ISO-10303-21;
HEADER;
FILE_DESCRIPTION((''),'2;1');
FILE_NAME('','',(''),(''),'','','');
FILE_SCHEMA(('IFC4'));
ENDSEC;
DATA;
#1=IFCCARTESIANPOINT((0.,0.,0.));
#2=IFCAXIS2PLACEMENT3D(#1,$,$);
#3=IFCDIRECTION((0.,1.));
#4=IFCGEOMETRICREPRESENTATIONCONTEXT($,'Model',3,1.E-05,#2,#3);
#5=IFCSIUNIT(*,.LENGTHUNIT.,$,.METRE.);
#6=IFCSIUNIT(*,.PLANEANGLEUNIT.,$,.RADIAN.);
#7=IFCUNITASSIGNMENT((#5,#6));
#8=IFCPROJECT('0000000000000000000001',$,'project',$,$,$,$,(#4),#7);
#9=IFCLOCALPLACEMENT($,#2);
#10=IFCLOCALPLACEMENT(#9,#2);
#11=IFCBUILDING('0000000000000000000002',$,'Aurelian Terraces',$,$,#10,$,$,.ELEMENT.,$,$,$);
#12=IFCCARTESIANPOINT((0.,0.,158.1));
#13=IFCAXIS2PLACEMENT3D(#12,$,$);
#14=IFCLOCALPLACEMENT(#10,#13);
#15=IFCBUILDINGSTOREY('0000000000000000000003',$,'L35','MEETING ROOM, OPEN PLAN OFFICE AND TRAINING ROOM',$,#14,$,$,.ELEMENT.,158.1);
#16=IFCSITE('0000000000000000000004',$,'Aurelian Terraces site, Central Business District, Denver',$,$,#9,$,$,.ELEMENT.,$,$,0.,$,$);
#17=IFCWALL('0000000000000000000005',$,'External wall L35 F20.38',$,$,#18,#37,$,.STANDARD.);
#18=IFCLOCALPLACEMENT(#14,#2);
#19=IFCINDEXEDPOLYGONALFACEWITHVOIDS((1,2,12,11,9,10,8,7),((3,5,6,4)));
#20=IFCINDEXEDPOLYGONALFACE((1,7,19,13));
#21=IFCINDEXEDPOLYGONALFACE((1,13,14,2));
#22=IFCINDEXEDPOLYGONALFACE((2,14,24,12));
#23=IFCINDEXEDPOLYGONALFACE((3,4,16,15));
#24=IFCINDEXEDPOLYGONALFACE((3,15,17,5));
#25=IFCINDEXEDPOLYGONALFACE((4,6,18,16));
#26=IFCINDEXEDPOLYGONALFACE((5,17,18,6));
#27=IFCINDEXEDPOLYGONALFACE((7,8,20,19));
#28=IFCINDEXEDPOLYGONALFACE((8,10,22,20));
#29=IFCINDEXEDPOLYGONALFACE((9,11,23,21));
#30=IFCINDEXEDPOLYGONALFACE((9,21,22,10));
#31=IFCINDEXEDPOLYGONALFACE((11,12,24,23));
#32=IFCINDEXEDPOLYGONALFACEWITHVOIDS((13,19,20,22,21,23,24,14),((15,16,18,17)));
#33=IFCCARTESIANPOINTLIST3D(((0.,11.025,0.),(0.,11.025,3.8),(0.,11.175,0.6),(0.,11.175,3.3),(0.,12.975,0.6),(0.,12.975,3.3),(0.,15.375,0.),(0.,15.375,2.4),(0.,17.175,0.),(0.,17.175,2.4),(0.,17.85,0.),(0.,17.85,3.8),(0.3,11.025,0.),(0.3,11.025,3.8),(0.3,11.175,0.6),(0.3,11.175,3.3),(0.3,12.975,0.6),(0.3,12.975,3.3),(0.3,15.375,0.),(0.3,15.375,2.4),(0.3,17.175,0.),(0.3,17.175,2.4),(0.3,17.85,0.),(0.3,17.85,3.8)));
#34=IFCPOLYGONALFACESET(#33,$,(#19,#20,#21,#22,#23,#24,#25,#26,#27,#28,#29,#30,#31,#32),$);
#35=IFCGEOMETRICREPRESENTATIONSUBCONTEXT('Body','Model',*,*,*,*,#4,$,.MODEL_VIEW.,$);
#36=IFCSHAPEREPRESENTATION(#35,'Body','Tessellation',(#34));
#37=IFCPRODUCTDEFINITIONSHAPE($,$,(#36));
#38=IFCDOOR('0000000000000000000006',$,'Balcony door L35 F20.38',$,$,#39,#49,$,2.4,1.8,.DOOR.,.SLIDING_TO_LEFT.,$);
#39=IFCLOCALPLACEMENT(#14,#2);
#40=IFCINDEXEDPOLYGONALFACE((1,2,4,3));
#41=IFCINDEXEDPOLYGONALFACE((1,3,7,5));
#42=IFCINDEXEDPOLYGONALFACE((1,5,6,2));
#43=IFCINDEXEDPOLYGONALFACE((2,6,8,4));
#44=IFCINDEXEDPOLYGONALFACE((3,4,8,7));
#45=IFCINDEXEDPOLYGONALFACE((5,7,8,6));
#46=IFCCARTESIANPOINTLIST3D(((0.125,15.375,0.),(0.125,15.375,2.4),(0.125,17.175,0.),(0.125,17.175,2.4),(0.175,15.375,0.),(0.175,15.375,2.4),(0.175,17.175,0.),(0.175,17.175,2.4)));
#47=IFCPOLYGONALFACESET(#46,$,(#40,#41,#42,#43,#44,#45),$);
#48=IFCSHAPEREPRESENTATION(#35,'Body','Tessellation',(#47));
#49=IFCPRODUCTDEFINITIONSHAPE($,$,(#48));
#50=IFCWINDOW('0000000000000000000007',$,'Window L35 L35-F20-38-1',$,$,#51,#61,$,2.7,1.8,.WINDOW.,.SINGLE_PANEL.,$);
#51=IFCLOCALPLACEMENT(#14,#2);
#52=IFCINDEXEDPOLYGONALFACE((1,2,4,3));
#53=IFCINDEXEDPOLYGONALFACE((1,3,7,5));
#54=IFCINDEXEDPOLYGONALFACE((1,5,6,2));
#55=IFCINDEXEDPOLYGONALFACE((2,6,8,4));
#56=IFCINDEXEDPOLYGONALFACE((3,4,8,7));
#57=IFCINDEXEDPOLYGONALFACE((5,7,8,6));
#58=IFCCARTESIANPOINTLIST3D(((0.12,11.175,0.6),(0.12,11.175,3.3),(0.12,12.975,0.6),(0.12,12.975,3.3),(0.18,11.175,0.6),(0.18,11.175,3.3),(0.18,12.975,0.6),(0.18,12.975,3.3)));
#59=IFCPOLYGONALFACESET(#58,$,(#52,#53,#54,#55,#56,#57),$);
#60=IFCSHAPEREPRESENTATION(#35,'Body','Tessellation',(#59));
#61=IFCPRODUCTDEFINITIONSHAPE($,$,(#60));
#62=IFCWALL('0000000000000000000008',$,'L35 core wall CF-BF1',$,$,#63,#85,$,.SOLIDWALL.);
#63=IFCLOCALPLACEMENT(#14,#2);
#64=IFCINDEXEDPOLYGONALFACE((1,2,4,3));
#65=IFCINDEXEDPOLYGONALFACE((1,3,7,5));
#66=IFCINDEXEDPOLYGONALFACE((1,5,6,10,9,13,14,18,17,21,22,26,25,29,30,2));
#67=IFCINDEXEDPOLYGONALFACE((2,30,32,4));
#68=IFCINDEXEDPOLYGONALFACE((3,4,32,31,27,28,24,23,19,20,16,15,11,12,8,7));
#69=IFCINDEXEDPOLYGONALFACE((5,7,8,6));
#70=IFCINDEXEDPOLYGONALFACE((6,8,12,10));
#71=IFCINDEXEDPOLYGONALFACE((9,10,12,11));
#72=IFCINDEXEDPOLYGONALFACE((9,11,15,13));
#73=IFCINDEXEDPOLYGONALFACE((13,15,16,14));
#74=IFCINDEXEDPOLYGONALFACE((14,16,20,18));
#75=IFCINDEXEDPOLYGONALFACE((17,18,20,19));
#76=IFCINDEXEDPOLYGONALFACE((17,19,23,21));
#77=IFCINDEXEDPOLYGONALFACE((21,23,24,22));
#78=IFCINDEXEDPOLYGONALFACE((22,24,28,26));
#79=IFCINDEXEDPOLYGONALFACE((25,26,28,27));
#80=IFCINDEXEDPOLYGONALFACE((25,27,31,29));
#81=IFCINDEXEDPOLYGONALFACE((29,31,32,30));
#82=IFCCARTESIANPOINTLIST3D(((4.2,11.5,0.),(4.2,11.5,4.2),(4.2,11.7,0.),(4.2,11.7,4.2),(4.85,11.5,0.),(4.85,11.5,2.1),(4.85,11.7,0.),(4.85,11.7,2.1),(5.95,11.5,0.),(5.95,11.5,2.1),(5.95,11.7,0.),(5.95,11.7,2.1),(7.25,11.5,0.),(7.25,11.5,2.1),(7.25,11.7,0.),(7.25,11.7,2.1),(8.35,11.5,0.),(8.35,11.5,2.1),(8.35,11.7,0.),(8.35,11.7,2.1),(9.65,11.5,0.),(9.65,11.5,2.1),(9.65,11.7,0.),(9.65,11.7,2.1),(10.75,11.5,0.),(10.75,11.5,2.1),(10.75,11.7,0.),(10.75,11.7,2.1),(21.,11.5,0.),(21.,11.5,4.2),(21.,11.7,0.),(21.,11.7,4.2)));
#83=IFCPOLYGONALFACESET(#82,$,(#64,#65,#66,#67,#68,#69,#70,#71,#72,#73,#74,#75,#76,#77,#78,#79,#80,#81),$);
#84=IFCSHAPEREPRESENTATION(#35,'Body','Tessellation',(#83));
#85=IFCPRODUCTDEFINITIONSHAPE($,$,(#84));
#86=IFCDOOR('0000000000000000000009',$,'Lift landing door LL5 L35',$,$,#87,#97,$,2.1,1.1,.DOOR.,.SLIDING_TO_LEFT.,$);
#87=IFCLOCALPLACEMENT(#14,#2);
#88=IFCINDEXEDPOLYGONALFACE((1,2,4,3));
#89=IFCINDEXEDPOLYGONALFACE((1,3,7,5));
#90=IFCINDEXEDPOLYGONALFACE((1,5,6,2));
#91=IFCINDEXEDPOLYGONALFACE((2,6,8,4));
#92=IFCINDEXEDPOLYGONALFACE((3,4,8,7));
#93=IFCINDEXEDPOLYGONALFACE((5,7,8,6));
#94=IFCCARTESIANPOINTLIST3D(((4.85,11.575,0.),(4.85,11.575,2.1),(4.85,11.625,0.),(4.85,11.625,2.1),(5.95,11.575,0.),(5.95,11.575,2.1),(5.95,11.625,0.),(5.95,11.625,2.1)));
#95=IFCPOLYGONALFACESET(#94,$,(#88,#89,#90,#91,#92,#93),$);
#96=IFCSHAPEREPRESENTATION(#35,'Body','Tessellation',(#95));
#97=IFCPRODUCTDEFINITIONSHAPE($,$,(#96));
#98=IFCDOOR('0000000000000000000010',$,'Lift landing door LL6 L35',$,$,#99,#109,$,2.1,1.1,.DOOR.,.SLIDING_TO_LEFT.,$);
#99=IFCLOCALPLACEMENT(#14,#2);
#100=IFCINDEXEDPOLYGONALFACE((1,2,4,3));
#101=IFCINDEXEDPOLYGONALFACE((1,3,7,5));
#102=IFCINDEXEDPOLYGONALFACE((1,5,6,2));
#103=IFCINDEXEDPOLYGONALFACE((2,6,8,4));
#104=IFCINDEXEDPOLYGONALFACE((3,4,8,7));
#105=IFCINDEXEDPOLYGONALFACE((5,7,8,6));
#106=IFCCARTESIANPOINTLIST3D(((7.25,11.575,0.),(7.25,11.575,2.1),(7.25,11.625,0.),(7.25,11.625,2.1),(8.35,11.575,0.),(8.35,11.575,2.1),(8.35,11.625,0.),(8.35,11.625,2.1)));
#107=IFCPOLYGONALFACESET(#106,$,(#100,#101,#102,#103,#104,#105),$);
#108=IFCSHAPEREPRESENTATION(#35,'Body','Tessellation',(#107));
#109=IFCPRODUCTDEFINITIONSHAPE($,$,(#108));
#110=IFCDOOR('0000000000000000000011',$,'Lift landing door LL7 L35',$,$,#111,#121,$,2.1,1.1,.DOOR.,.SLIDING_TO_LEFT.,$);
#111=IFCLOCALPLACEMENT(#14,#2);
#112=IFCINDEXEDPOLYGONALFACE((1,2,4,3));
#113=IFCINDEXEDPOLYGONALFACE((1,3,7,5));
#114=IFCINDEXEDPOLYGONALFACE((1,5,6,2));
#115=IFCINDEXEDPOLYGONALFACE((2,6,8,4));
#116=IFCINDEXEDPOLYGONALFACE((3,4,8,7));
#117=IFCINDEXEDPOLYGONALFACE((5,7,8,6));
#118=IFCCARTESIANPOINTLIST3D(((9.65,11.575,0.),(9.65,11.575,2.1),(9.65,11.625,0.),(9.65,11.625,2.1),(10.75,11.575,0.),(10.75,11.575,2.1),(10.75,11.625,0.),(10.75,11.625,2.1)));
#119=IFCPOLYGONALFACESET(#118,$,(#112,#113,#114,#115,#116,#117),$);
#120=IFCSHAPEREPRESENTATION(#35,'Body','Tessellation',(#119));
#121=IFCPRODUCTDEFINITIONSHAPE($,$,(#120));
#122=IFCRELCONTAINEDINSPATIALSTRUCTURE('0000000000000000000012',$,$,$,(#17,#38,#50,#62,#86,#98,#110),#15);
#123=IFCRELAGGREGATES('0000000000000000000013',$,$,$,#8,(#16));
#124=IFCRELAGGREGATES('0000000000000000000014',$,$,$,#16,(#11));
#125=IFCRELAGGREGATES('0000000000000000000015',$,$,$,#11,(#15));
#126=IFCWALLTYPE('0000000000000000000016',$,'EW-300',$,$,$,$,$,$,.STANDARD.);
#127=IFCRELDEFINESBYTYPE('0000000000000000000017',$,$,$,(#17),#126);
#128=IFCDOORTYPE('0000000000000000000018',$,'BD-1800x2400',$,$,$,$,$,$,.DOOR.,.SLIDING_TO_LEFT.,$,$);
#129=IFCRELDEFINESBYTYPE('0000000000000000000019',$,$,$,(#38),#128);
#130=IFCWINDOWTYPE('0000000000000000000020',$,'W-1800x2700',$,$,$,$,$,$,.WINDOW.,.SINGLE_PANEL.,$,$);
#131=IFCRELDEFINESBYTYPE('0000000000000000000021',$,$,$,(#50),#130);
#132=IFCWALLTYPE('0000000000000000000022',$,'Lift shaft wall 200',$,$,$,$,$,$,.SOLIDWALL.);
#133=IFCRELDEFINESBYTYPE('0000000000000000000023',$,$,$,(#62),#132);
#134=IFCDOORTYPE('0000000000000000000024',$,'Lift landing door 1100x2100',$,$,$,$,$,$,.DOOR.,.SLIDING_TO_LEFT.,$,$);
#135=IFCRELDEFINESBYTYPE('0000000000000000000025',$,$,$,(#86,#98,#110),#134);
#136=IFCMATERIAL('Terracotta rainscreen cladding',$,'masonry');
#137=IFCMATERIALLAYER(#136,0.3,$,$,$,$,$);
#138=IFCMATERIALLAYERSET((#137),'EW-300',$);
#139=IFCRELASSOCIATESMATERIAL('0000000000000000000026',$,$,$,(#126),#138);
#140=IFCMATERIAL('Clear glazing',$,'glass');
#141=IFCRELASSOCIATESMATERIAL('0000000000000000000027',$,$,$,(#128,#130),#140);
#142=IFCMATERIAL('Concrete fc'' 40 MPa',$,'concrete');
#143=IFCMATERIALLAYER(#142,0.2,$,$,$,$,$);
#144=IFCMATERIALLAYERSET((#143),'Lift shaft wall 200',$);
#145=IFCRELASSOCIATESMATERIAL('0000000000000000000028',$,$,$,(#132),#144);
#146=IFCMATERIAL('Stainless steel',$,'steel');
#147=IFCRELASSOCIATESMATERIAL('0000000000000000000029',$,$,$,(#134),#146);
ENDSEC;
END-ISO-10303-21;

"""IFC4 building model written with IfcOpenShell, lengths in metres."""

from ifc_helpers import new_model, si_unit, direction, frame, frame_2d, origin, place, context, subcontext, project, spatial, rectangle, extrude, source, transform, mapped, material, layer, layer_set, type_object, element, fill, save


model = new_model("IFC4")

# Units and contexts
model_context = context("Model", 3, precision=1e-05, world=origin(), true_north=direction((0.0, 1.0)))
body_context = subcontext(model_context, "Body", "Model", "MODEL_VIEW")
ifc_project = project(units=[si_unit("LENGTHUNIT", "METRE"), si_unit("PLANEANGLEUNIT", "RADIAN")], contexts=[model_context])

# Site, building, storey
site_placement = place(None, origin())
site = spatial("IfcSite", under=ifc_project, at=site_placement, Name="Aurelian Terraces site, Central Business District, Denver", CompositionType="ELEMENT", RefElevation=0.0)
building_placement = place(site_placement, origin())
building = spatial("IfcBuilding", under=site, at=building_placement, Name="Aurelian Terraces", CompositionType="ELEMENT")
storey_placement = place(building_placement, frame((0.0, 0.0, 158.1)))
storey = spatial("IfcBuildingStorey", under=building, at=storey_placement, Name="L35", Description="MEETING ROOM, OPEN PLAN OFFICE AND TRAINING ROOM", CompositionType="ELEMENT", Elevation=158.1)

# Wall, openings, door, window
ifc_material_1 = material(Name="Terracotta rainscreen cladding", Category="masonry")
ifc_layer_1 = layer(ifc_material_1, 0.3)
ifc_layer_set_1 = layer_set([ifc_layer_1], Name="EW-300")
wall_type_1 = type_object("IfcWallType", Name="EW-300", PredefinedType="STANDARD", material=ifc_layer_set_1)
shared_shape_1 = source(origin(), body_context, "Body", "SweptSolid", [
    extrude(rectangle(XDim=6.825, YDim=0.3, at=frame_2d((3.4125, 0.0))), origin(), (0.0, 0.0, 1.0), 3.8),
])
wall_1_placement = place(storey_placement, frame((0.15, 17.85, 0.0), z_axis=(0.0, 0.0, 1.0), x_axis=(0.0, -1.0, 0.0)))
wall_1 = element("IfcWall", 1, at=wall_1_placement, inside=storey, type_object=wall_type_1, Name="External wall L35 F20.38", PredefinedType="STANDARD", context=body_context, shape_type="MappedRepresentation", body=[
    mapped(shared_shape_1, transform((0.0, 0.0, 0.0), scale=1.0)),
])
shared_shape_2 = source(origin(), body_context, "Body", "SweptSolid", [
    extrude(rectangle(XDim=1.8, YDim=2.4, at=frame_2d((0.9, 1.2))), frame((0.0, 0.16, 0.0), z_axis=(0.0, -1.0, 0.0), x_axis=(1.0, 0.0, 0.0)), (0.0, 0.0, 1.0), 0.32),
])
opening_1_placement = place(wall_1_placement, frame((0.675, 0.0, 0.0)))
opening_1 = element("IfcOpeningElement", 2, at=opening_1_placement, cuts=wall_1, PredefinedType="OPENING", context=body_context, shape_type="MappedRepresentation", body=[
    mapped(shared_shape_2, transform((0.0, 0.0, 0.0), scale=1.0)),
])
shared_shape_3 = source(origin(), body_context, "Body", "SweptSolid", [
    extrude(rectangle(XDim=1.8, YDim=2.7, at=frame_2d((0.9, 1.35))), frame((0.0, 0.16, 0.0), z_axis=(0.0, -1.0, 0.0), x_axis=(1.0, 0.0, 0.0)), (0.0, 0.0, 1.0), 0.32),
])
opening_2_placement = place(wall_1_placement, frame((4.875, 0.0, 0.6)))
opening_2 = element("IfcOpeningElement", 3, at=opening_2_placement, cuts=wall_1, PredefinedType="OPENING", context=body_context, shape_type="MappedRepresentation", body=[
    mapped(shared_shape_3, transform((0.0, 0.0, 0.0), scale=1.0)),
])
ifc_material_2 = material(Name="Clear glazing", Category="glass")
door_type_1 = type_object("IfcDoorType", Name="BD-1800x2400", OperationType="SLIDING_TO_LEFT", PredefinedType="DOOR", material=ifc_material_2)
shared_shape_4 = source(origin(), body_context, "Body", "SweptSolid", [
    extrude(rectangle(XDim=1.8, YDim=2.4, at=frame_2d((0.9, 1.2))), frame((0.0, 0.025, 0.0), z_axis=(0.0, -1.0, 0.0), x_axis=(1.0, 0.0, 0.0)), (0.0, 0.0, 1.0), 0.05),
])
door_1_placement = place(opening_1_placement, origin())
door_1 = element("IfcDoor", 4, at=door_1_placement, inside=storey, type_object=door_type_1, Name="Balcony door L35 F20.38", OperationType="SLIDING_TO_LEFT", OverallHeight=2.4, OverallWidth=1.8, PredefinedType="DOOR", context=body_context, shape_type="MappedRepresentation", body=[
    mapped(shared_shape_4, transform((0.0, 0.0, 0.0), scale=1.0)),
])
fill(opening_1, door_1)
window_type = type_object("IfcWindowType", Name="W-1800x2700", PartitioningType="SINGLE_PANEL", PredefinedType="WINDOW", material=ifc_material_2)
shared_shape_5 = source(origin(), body_context, "Body", "SweptSolid", [
    extrude(rectangle(XDim=1.8, YDim=2.7, at=frame_2d((0.9, 1.35))), frame((0.0, 0.03, 0.0), z_axis=(0.0, -1.0, 0.0), x_axis=(1.0, 0.0, 0.0)), (0.0, 0.0, 1.0), 0.06),
])
window_placement = place(opening_2_placement, origin())
window = element("IfcWindow", 5, at=window_placement, inside=storey, type_object=window_type, Name="Window L35 L35-F20-38-1", OverallHeight=2.7, OverallWidth=1.8, PartitioningType="SINGLE_PANEL", PredefinedType="WINDOW", context=body_context, shape_type="MappedRepresentation", body=[
    mapped(shared_shape_5, transform((0.0, 0.0, 0.0), scale=1.0)),
])
fill(opening_2, window)

# Wall, openings, doors
ifc_material_3 = material(Name="Concrete fc' 40 MPa", Category="concrete")
ifc_layer_2 = layer(ifc_material_3, 0.2)
ifc_layer_set_2 = layer_set([ifc_layer_2], Name="Lift shaft wall 200")
wall_type_2 = type_object("IfcWallType", Name="Lift shaft wall 200", PredefinedType="SOLIDWALL", material=ifc_layer_set_2)
shared_shape_6 = source(origin(), body_context, "Body", "SweptSolid", [
    extrude(rectangle(XDim=16.8, YDim=0.2, at=frame_2d((8.4, 0.0))), origin(), (0.0, 0.0, 1.0), 4.2),
])
wall_2_placement = place(storey_placement, frame((4.2, 11.6, 0.0), z_axis=(0.0, 0.0, 1.0), x_axis=(1.0, 0.0, 0.0)))
wall_2 = element("IfcWall", 6, at=wall_2_placement, inside=storey, type_object=wall_type_2, Name="L35 core wall CF-BF1", PredefinedType="SOLIDWALL", context=body_context, shape_type="MappedRepresentation", body=[
    mapped(shared_shape_6, transform((0.0, 0.0, 0.0), scale=1.0)),
])
shared_shape_7 = source(origin(), body_context, "Body", "SweptSolid", [
    extrude(rectangle(XDim=1.1, YDim=2.1, at=frame_2d((0.55, 1.05))), frame((0.0, 0.11, 0.0), z_axis=(0.0, -1.0, 0.0), x_axis=(1.0, 0.0, 0.0)), (0.0, 0.0, 1.0), 0.22),
])
opening_3_placement = place(wall_2_placement, frame((0.65, 0.0, 0.0)))
opening_3 = element("IfcOpeningElement", 7, at=opening_3_placement, cuts=wall_2, PredefinedType="OPENING", context=body_context, shape_type="MappedRepresentation", body=[
    mapped(shared_shape_7, transform((0.0, 0.0, 0.0), scale=1.0)),
])
opening_4_placement = place(wall_2_placement, frame((3.05, 0.0, 0.0)))
opening_4 = element("IfcOpeningElement", 8, at=opening_4_placement, cuts=wall_2, PredefinedType="OPENING", context=body_context, shape_type="MappedRepresentation", body=[
    mapped(shared_shape_7, transform((0.0, 0.0, 0.0), scale=1.0)),
])
opening_5_placement = place(wall_2_placement, frame((5.45, 0.0, 0.0)))
opening_5 = element("IfcOpeningElement", 9, at=opening_5_placement, cuts=wall_2, PredefinedType="OPENING", context=body_context, shape_type="MappedRepresentation", body=[
    mapped(shared_shape_7, transform((0.0, 0.0, 0.0), scale=1.0)),
])
ifc_material_4 = material(Name="Stainless steel", Category="steel")
door_type_2 = type_object("IfcDoorType", Name="Lift landing door 1100x2100", OperationType="SLIDING_TO_LEFT", PredefinedType="DOOR", material=ifc_material_4)
shared_shape_8 = source(origin(), body_context, "Body", "SweptSolid", [
    extrude(rectangle(XDim=1.1, YDim=2.1, at=frame_2d((0.55, 1.05))), frame((0.0, 0.025, 0.0), z_axis=(0.0, -1.0, 0.0), x_axis=(1.0, 0.0, 0.0)), (0.0, 0.0, 1.0), 0.05),
])
door_2_placement = place(opening_3_placement, origin())
door_2 = element("IfcDoor", 10, at=door_2_placement, inside=storey, type_object=door_type_2, Name="Lift landing door LL5 L35", OperationType="SLIDING_TO_LEFT", OverallHeight=2.1, OverallWidth=1.1, PredefinedType="DOOR", context=body_context, shape_type="MappedRepresentation", body=[
    mapped(shared_shape_8, transform((0.0, 0.0, 0.0), scale=1.0)),
])
fill(opening_3, door_2)
door_3_placement = place(opening_4_placement, origin())
door_3 = element("IfcDoor", 11, at=door_3_placement, inside=storey, type_object=door_type_2, Name="Lift landing door LL6 L35", OperationType="SLIDING_TO_LEFT", OverallHeight=2.1, OverallWidth=1.1, PredefinedType="DOOR", context=body_context, shape_type="MappedRepresentation", body=[
    mapped(shared_shape_8, transform((0.0, 0.0, 0.0), scale=1.0)),
])
fill(opening_4, door_3)
door_4_placement = place(opening_5_placement, origin())
door_4 = element("IfcDoor", 12, at=door_4_placement, inside=storey, type_object=door_type_2, Name="Lift landing door LL7 L35", OperationType="SLIDING_TO_LEFT", OverallHeight=2.1, OverallWidth=1.1, PredefinedType="DOOR", context=body_context, shape_type="MappedRepresentation", body=[
    mapped(shared_shape_8, transform((0.0, 0.0, 0.0), scale=1.0)),
])
fill(opening_5, door_4)

save(model, "model.ifc")
